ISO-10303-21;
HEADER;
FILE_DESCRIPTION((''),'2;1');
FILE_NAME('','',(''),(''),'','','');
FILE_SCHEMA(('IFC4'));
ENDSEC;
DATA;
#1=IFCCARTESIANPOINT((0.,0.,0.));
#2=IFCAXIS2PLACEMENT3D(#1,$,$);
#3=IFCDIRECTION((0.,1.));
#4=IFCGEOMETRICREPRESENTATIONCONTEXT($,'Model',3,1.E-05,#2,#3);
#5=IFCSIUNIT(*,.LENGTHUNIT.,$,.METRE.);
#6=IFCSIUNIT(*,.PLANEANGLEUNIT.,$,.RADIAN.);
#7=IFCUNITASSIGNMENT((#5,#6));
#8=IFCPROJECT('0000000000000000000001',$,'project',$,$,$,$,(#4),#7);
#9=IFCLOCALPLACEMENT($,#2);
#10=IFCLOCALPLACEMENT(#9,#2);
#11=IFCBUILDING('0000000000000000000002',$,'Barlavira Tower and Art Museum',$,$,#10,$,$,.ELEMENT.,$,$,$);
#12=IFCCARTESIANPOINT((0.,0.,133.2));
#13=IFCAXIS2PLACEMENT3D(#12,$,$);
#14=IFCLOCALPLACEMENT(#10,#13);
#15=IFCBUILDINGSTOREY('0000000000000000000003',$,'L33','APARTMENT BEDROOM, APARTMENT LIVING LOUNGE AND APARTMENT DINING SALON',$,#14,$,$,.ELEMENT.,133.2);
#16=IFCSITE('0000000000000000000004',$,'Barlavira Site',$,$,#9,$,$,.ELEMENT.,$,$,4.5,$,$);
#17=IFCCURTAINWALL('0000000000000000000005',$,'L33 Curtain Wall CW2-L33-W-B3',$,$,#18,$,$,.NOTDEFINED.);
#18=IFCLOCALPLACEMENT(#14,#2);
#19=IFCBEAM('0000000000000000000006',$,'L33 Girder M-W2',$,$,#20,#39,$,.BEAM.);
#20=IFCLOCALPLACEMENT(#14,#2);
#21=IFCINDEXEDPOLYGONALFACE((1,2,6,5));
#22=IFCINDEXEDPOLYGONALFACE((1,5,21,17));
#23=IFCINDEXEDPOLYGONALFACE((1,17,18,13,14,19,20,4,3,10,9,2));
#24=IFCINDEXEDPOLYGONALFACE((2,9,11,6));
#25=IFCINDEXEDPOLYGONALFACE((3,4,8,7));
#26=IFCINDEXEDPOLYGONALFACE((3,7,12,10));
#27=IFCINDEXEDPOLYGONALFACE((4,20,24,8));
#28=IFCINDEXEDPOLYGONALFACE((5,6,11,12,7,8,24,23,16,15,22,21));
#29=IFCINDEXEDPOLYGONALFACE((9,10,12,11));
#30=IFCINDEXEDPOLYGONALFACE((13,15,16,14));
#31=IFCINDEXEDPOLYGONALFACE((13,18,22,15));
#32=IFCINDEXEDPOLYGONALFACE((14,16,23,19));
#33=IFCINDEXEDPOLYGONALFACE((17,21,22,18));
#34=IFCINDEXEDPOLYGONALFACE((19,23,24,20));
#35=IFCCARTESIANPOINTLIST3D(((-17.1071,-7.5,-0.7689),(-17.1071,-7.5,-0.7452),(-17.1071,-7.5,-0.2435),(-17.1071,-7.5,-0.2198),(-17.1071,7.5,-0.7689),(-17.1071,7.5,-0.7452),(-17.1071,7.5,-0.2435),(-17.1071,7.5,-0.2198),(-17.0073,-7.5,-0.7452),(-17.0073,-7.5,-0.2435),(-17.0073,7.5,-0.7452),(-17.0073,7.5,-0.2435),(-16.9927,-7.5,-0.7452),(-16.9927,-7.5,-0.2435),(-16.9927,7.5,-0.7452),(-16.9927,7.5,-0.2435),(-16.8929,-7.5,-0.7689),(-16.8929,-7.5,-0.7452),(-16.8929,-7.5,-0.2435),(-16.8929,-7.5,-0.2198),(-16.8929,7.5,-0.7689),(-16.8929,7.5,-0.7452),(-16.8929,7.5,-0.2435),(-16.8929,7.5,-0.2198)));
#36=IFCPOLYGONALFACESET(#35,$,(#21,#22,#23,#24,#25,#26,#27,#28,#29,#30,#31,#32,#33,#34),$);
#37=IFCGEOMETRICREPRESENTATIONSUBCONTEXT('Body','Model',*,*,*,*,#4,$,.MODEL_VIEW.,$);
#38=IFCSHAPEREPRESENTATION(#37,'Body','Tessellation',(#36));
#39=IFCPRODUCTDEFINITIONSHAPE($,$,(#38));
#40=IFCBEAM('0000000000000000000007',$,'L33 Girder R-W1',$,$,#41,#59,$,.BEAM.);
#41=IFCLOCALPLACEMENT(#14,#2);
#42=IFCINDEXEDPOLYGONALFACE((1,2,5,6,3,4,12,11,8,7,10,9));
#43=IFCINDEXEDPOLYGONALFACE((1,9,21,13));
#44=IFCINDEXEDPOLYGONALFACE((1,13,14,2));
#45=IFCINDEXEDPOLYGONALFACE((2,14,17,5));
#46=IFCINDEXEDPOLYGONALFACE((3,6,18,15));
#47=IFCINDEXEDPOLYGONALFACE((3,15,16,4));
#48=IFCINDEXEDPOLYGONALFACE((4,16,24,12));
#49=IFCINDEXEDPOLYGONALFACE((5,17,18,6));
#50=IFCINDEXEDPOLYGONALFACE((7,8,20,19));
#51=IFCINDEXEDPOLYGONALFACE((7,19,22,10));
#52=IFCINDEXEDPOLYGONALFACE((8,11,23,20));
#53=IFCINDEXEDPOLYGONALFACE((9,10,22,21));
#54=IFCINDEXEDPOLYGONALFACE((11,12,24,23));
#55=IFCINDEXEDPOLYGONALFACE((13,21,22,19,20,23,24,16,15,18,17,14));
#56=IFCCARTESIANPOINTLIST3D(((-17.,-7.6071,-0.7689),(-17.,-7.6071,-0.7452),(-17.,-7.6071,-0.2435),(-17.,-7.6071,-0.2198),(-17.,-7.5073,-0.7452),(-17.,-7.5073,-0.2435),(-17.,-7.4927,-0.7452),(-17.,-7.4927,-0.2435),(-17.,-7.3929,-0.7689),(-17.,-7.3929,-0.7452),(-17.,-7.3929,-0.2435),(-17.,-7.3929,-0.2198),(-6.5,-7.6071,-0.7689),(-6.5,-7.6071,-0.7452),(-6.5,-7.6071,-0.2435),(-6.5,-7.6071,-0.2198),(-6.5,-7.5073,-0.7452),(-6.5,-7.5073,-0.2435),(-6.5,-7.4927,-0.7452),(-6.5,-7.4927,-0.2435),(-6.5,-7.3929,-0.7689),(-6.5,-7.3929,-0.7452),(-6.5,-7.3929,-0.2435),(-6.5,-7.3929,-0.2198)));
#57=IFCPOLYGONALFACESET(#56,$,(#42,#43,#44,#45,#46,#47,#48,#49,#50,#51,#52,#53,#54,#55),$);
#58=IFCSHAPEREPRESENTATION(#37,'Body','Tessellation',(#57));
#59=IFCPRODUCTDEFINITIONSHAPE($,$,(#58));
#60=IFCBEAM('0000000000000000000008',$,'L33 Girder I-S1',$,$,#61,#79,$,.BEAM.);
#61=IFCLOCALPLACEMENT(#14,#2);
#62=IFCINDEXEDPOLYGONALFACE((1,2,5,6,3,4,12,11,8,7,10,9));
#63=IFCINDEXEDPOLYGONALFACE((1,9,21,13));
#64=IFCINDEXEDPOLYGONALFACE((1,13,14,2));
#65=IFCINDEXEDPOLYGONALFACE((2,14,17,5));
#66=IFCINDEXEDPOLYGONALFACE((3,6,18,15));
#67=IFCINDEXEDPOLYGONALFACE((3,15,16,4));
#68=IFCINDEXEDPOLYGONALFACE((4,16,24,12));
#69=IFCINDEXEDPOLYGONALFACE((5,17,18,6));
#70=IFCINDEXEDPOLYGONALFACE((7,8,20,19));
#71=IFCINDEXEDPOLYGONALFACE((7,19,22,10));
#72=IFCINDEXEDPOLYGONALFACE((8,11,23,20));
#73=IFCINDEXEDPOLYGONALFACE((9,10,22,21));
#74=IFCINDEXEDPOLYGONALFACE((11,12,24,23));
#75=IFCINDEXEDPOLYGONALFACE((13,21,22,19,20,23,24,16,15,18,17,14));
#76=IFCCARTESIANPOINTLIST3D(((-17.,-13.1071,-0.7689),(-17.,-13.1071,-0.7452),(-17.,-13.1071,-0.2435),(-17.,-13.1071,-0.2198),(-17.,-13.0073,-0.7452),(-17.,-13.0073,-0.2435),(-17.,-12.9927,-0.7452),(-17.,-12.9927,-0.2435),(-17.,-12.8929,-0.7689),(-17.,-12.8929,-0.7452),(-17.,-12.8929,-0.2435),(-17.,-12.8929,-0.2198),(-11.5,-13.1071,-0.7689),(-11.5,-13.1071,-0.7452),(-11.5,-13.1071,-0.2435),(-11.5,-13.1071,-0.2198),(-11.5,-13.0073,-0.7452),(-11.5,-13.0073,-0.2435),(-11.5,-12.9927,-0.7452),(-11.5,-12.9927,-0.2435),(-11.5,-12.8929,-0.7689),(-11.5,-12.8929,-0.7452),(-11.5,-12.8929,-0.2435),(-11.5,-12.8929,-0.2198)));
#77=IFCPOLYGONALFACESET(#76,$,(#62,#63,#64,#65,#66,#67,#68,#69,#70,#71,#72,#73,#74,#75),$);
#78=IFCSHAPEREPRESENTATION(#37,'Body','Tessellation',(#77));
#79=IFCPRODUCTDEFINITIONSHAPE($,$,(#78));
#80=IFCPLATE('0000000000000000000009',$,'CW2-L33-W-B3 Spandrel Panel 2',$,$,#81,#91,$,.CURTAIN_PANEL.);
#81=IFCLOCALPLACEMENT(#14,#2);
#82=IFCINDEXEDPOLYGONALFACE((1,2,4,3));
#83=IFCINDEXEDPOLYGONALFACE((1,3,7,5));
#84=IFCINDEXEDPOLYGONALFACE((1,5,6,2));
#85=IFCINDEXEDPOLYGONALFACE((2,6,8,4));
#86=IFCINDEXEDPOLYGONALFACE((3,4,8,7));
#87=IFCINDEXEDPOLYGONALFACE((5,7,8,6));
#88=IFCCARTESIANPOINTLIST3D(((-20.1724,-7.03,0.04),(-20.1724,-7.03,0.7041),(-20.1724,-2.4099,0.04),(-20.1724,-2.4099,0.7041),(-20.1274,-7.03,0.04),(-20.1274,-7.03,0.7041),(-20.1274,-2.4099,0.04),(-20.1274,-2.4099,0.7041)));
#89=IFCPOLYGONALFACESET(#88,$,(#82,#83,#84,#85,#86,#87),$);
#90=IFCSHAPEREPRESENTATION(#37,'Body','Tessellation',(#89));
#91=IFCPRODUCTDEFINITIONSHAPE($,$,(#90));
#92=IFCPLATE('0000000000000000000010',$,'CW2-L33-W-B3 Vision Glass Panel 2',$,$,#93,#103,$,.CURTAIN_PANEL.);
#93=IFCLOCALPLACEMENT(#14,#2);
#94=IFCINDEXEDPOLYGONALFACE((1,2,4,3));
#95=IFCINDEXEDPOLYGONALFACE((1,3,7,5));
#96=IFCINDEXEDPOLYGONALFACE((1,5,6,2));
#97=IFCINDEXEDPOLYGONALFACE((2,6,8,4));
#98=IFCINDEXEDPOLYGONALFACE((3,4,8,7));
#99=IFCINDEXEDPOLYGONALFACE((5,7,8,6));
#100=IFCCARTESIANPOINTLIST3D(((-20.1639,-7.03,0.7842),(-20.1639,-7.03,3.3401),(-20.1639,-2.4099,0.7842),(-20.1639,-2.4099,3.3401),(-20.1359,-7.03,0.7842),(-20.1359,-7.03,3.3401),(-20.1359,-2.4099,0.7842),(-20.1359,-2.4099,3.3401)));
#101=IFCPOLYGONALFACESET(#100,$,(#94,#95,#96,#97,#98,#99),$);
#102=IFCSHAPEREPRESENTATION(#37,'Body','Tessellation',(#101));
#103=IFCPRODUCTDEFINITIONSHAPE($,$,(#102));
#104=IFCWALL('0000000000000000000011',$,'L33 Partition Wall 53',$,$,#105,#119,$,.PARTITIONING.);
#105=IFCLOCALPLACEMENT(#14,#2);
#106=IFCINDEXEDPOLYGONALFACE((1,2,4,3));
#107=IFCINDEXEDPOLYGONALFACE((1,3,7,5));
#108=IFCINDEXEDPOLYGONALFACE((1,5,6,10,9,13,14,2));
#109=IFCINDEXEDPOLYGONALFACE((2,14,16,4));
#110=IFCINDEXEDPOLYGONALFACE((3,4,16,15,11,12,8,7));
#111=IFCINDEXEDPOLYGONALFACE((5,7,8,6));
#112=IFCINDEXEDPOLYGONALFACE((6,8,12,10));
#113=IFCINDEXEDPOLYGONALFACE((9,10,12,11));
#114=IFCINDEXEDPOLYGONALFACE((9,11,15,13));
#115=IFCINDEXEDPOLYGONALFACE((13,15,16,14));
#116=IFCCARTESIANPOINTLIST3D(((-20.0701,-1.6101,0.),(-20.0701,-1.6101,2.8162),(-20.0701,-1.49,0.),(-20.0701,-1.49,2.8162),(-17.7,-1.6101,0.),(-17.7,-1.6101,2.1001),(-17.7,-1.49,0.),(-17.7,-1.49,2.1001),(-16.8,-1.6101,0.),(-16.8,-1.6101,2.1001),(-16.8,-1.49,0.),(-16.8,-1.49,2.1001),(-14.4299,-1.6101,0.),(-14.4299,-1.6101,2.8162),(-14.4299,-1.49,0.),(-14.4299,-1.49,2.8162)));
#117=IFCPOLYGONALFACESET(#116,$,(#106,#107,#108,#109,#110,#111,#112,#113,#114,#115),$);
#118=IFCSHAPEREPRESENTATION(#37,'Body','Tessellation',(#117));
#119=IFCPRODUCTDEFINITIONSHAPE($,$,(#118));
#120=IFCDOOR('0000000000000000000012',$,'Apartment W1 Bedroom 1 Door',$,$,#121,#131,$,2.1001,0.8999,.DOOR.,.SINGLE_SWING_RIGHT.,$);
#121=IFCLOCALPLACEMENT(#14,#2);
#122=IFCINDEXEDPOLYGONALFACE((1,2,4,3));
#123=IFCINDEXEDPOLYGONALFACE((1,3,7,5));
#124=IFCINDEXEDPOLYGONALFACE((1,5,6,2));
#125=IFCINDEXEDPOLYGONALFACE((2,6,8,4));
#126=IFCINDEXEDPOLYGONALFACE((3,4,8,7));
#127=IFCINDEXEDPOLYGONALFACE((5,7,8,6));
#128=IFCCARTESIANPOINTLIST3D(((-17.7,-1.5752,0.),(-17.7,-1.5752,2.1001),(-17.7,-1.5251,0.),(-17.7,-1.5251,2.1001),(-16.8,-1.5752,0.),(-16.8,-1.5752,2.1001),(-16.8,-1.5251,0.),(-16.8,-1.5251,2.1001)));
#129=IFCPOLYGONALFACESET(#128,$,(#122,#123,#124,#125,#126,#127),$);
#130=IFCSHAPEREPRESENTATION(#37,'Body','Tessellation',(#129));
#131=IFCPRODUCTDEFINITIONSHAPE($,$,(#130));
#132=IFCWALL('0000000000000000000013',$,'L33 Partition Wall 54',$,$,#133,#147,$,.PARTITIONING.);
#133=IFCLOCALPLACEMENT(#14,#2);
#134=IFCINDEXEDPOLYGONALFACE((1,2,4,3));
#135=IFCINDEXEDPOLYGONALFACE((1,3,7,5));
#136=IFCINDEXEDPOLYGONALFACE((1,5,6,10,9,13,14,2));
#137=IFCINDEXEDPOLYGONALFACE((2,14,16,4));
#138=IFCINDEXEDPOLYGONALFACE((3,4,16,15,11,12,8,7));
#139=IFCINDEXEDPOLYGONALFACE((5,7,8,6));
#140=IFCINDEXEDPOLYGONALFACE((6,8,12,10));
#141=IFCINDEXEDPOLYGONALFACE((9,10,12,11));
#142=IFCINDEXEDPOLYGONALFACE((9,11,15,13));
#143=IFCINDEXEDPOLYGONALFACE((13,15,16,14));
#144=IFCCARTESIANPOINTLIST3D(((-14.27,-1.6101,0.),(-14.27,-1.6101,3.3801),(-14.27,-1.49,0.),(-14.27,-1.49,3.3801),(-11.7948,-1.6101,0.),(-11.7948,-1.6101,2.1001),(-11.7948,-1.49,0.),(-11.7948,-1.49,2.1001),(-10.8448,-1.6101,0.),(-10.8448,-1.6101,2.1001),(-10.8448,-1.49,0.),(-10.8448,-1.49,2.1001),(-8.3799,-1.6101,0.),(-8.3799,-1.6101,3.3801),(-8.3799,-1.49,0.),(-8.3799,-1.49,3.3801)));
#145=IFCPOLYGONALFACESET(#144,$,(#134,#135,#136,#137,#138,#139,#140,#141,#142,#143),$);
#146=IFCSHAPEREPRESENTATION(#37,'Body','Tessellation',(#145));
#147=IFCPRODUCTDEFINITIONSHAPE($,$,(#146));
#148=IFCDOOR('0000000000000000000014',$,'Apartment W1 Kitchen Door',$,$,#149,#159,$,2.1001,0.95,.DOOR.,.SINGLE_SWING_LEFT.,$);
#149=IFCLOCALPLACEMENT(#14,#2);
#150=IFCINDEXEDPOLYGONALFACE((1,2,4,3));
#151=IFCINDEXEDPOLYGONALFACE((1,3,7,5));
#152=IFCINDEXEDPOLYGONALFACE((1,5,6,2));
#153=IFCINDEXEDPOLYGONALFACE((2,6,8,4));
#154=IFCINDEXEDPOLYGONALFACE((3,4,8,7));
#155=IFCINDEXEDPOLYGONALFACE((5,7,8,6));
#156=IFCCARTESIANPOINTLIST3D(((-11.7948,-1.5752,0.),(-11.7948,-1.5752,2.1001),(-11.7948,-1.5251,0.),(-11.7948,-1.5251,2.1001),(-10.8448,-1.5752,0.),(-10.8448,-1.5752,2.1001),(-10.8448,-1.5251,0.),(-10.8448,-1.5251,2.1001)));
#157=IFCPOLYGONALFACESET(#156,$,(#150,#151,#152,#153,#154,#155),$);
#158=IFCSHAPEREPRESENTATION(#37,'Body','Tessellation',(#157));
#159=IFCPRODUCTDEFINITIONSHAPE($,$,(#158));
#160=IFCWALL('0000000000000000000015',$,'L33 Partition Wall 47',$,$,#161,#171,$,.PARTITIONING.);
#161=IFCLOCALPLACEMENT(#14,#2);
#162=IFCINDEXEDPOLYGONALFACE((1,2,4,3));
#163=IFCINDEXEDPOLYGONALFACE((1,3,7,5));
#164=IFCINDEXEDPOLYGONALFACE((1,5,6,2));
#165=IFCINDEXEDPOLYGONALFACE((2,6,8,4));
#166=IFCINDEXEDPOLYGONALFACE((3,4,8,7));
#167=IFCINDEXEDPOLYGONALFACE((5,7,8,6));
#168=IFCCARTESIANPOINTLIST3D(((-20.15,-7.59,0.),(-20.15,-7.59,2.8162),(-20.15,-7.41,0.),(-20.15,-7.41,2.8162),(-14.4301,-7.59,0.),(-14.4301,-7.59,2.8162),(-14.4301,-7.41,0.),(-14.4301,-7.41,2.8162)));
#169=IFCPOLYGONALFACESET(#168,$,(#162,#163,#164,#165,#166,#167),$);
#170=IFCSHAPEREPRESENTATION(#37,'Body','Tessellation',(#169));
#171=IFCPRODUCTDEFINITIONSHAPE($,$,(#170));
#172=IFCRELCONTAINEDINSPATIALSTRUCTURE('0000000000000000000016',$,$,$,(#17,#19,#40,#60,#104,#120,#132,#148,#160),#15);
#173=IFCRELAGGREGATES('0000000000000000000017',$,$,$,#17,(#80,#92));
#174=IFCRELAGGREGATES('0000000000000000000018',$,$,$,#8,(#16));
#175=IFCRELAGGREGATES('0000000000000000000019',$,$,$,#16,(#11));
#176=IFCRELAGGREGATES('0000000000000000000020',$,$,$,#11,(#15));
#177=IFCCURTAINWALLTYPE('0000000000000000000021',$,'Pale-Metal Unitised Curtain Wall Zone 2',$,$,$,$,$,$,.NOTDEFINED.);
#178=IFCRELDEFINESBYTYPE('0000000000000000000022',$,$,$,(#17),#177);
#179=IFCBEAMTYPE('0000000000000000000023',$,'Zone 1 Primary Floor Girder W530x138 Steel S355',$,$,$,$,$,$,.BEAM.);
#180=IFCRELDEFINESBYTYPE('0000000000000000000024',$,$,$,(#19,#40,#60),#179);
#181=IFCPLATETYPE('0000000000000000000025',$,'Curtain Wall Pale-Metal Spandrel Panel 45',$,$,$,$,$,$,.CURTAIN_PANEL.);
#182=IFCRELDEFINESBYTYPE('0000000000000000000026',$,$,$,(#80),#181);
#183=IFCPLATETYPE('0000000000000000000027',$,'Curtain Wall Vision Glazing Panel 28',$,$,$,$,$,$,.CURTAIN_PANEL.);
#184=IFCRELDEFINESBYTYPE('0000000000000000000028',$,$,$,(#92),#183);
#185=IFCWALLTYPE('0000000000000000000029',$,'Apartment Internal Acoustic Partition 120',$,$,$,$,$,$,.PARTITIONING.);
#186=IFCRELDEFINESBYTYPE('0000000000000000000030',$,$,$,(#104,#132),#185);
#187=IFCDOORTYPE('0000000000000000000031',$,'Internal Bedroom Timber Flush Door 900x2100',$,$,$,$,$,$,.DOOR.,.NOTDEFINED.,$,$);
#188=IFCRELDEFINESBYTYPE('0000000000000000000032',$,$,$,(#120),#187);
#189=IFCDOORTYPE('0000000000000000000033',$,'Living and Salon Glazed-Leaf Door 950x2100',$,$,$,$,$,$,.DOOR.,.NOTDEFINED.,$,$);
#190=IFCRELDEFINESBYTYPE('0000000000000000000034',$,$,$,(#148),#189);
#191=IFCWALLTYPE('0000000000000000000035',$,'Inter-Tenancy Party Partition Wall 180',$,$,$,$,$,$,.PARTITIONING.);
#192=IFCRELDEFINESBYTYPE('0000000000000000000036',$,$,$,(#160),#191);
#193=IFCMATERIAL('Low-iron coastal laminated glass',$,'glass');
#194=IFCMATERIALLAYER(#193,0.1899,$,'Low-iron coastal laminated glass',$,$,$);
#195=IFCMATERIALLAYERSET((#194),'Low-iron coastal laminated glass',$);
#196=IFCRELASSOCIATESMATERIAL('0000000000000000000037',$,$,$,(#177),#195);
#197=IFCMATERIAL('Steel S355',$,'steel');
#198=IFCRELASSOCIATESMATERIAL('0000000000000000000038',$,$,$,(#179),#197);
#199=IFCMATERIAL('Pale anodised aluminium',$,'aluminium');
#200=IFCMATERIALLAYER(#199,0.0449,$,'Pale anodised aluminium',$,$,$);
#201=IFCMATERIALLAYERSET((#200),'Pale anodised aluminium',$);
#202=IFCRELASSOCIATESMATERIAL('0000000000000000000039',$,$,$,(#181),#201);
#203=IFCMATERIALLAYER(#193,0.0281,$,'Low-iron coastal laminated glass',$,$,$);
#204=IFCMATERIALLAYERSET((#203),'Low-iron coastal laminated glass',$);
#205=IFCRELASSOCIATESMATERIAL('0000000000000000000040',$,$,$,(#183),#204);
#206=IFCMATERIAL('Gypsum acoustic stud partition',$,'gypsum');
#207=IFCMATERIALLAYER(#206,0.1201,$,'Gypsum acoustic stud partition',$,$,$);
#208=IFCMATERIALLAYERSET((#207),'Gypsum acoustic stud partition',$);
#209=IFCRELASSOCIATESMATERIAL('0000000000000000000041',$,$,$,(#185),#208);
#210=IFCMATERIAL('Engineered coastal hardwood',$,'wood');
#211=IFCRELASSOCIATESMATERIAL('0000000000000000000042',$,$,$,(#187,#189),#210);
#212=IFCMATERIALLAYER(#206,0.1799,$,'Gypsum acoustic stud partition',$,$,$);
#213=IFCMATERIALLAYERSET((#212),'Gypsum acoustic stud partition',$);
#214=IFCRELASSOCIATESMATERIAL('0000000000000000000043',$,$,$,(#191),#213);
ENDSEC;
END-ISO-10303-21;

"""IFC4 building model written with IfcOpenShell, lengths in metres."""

from ifc_helpers import new_model, si_unit, direction, frame, frame_2d, origin, origin_2d, place, context, subcontext, project, spatial, rectangle, i_section, extrude, material, layer, layer_set, material_profile, profile_set, type_object, element, fill, aggregate, save


model = new_model("IFC4")

# Units and contexts
model_context = context("Model", 3, precision=1e-05, world=origin(), true_north=direction((0.0, 1.0)))
body_context = subcontext(model_context, "Body", "Model", "MODEL_VIEW")
ifc_project = project(units=[si_unit("LENGTHUNIT", "METRE"), si_unit("PLANEANGLEUNIT", "RADIAN")], contexts=[model_context])

# Site, building, storey
site_placement = place(None, origin())
site = spatial("IfcSite", under=ifc_project, at=site_placement, Name="Barlavira Site", CompositionType="ELEMENT", RefElevation=4.5)
building_placement = place(site_placement, origin())
building = spatial("IfcBuilding", under=site, at=building_placement, Name="Barlavira Tower and Art Museum", CompositionType="ELEMENT")
storey_placement = place(building_placement, frame((0.0, 0.0, 133.2)))
storey = spatial("IfcBuildingStorey", under=building, at=storey_placement, Name="L33", Description="APARTMENT BEDROOM, APARTMENT LIVING LOUNGE AND APARTMENT DINING SALON", CompositionType="ELEMENT", Elevation=133.2)

# Curtain wall
ifc_material_1 = material(Name="Low-iron coastal laminated glass", Category="glass")
ifc_layer_1 = layer(ifc_material_1, 0.1899, Name="Low-iron coastal laminated glass")
ifc_layer_set_1 = layer_set([ifc_layer_1], Name="Low-iron coastal laminated glass")
curtain_wall_type = type_object("IfcCurtainWallType", Name="Pale-Metal Unitised Curtain Wall Zone 2", PredefinedType="NOTDEFINED", material=ifc_layer_set_1)
curtain_wall_placement = place(storey_placement, origin())
curtain_wall = element("IfcCurtainWall", 1, at=curtain_wall_placement, inside=storey, type_object=curtain_wall_type, Name="L33 Curtain Wall CW2-L33-W-B3", PredefinedType="NOTDEFINED")
ifc_material_2 = material(Name="Pale anodised aluminium", Category="aluminium")

# Beams
ifc_material_3 = material(Name="Steel S355", Category="steel")
ifc_material_profile_1 = material_profile(ifc_material_3, i_section(OverallWidth=0.2141, OverallDepth=0.5491, WebThickness=0.0146, FlangeThickness=0.0237, at=origin_2d()), Name="W530x138.0")
ifc_profile_set_1 = profile_set([ifc_material_profile_1], Name="Steel S355")
beam_type_1 = type_object("IfcBeamType", Name="Zone 1 Primary Floor Girder W530x138 Steel S355", PredefinedType="BEAM", material=ifc_profile_set_1)
beam_1_placement = place(storey_placement, frame((-17.0, -7.5, -0.4944), z_axis=(0.0, 1.0, 0.0), x_axis=(-1.0, 0.0, 0.0)))
element("IfcBeam", 2, at=beam_1_placement, inside=storey, type_object=beam_type_1, Name="L33 Girder M-W2", PredefinedType="BEAM", context=body_context, shape_type="SweptSolid", body=[
    extrude(i_section(OverallWidth=0.2141, OverallDepth=0.5491, WebThickness=0.0146, FlangeThickness=0.0237, at=origin_2d()), origin(), (0.0, 0.0, 1.0), 15.0),
])
beam_2_placement = place(storey_placement, frame((-17.0, -7.5, -0.4944), z_axis=(1.0, 0.0, 0.0), x_axis=(0.0, 1.0, 0.0)))
element("IfcBeam", 3, at=beam_2_placement, inside=storey, type_object=beam_type_1, Name="L33 Girder R-W1", PredefinedType="BEAM", context=body_context, shape_type="SweptSolid", body=[
    extrude(i_section(OverallWidth=0.2141, OverallDepth=0.5491, WebThickness=0.0146, FlangeThickness=0.0237, at=origin_2d()), origin(), (0.0, 0.0, 1.0), 10.5),
])
beam_3_placement = place(storey_placement, frame((-17.0, -13.0, -0.4944), z_axis=(1.0, 0.0, 0.0), x_axis=(0.0, 1.0, 0.0)))
element("IfcBeam", 4, at=beam_3_placement, inside=storey, type_object=beam_type_1, Name="L33 Girder I-S1", PredefinedType="BEAM", context=body_context, shape_type="SweptSolid", body=[
    extrude(i_section(OverallWidth=0.2141, OverallDepth=0.5491, WebThickness=0.0146, FlangeThickness=0.0237, at=origin_2d()), origin(), (0.0, 0.0, 1.0), 5.5),
])

# Plates
ifc_layer_2 = layer(ifc_material_2, 0.0449, Name="Pale anodised aluminium")
ifc_layer_set_2 = layer_set([ifc_layer_2], Name="Pale anodised aluminium")
plate_type_1 = type_object("IfcPlateType", Name="Curtain Wall Pale-Metal Spandrel Panel 45", PredefinedType="CURTAIN_PANEL", material=ifc_layer_set_2)
plate_1_placement = place(storey_placement, frame((-20.1499, -4.72, 0.04), z_axis=(0.0, 0.0, 1.0), x_axis=(0.0, -1.0, 0.0)))
plate_1 = element("IfcPlate", 5, at=plate_1_placement, type_object=plate_type_1, Name="CW2-L33-W-B3 Spandrel Panel 2", PredefinedType="CURTAIN_PANEL", context=body_context, shape_type="SweptSolid", body=[
    extrude(rectangle(XDim=4.6201, YDim=0.0449, at=origin_2d()), origin(), (0.0, 0.0, 1.0), 0.6641),
])
ifc_layer_3 = layer(ifc_material_1, 0.0281, Name="Low-iron coastal laminated glass")
ifc_layer_set_3 = layer_set([ifc_layer_3], Name="Low-iron coastal laminated glass")
plate_type_2 = type_object("IfcPlateType", Name="Curtain Wall Vision Glazing Panel 28", PredefinedType="CURTAIN_PANEL", material=ifc_layer_set_3)
plate_2_placement = place(storey_placement, frame((-20.1499, -4.72, 0.7842), z_axis=(0.0, 0.0, 1.0), x_axis=(0.0, -1.0, 0.0)))
plate_2 = element("IfcPlate", 6, at=plate_2_placement, type_object=plate_type_2, Name="CW2-L33-W-B3 Vision Glass Panel 2", PredefinedType="CURTAIN_PANEL", context=body_context, shape_type="SweptSolid", body=[
    extrude(rectangle(XDim=4.6201, YDim=0.0281, at=origin_2d()), origin(), (0.0, 0.0, 1.0), 2.5559),
])
aggregate(curtain_wall, [plate_1, plate_2])

# Walls, openings, doors
ifc_material_4 = material(Name="Gypsum acoustic stud partition", Category="gypsum")
ifc_layer_4 = layer(ifc_material_4, 0.1201, Name="Gypsum acoustic stud partition")
ifc_layer_set_4 = layer_set([ifc_layer_4], Name="Gypsum acoustic stud partition")
wall_type_1 = type_object("IfcWallType", Name="Apartment Internal Acoustic Partition 120", PredefinedType="PARTITIONING", material=ifc_layer_set_4)
wall_1_placement = place(storey_placement, frame((-20.0701, -1.55, 0.0), z_axis=(0.0, 0.0, 1.0), x_axis=(1.0, 0.0, 0.0)))
wall_1 = element("IfcWall", 7, at=wall_1_placement, inside=storey, type_object=wall_type_1, Name="L33 Partition Wall 53", PredefinedType="PARTITIONING", context=body_context, shape_type="SweptSolid", body=[
    extrude(rectangle(XDim=5.6401, YDim=0.1201, at=frame_2d((2.8201, 0.0))), origin(), (0.0, 0.0, 1.0), 2.8162),
])
opening_1_placement = place(wall_1_placement, frame((2.3701, 0.0, 0.0)))
opening_1 = element("IfcOpeningElement", 8, at=opening_1_placement, cuts=wall_1, PredefinedType="OPENING", context=body_context, shape_type="SweptSolid", body=[
    extrude(rectangle(XDim=0.8999, YDim=2.1001, at=frame_2d((0.45, 1.05))), frame((0.0, 0.0701, 0.0), z_axis=(0.0, -1.0, 0.0), x_axis=(1.0, 0.0, 0.0)), (0.0, 0.0, 1.0), 0.1401),
])
ifc_material_5 = material(Name="Engineered coastal hardwood", Category="wood")
door_type_1 = type_object("IfcDoorType", Name="Internal Bedroom Timber Flush Door 900x2100", OperationType="NOTDEFINED", PredefinedType="DOOR", material=ifc_material_5)
door_1_placement = place(opening_1_placement, origin())
door_1 = element("IfcDoor", 9, at=door_1_placement, inside=storey, type_object=door_type_1, Name="Apartment W1 Bedroom 1 Door", OperationType="SINGLE_SWING_RIGHT", OverallHeight=2.1001, OverallWidth=0.8999, PredefinedType="DOOR", context=body_context, shape_type="SweptSolid", body=[
    extrude(rectangle(XDim=0.8999, YDim=2.1001, at=frame_2d((0.45, 1.05))), frame((0.0, 0.0249, 0.0), z_axis=(0.0, -1.0, 0.0), x_axis=(1.0, 0.0, 0.0)), (0.0, 0.0, 1.0), 0.05),
])
fill(opening_1, door_1)
wall_2_placement = place(storey_placement, frame((-14.27, -1.55, 0.0), z_axis=(0.0, 0.0, 1.0), x_axis=(1.0, 0.0, 0.0)))
wall_2 = element("IfcWall", 10, at=wall_2_placement, inside=storey, type_object=wall_type_1, Name="L33 Partition Wall 54", PredefinedType="PARTITIONING", context=body_context, shape_type="SweptSolid", body=[
    extrude(rectangle(XDim=5.8901, YDim=0.1201, at=frame_2d((2.9451, 0.0))), origin(), (0.0, 0.0, 1.0), 3.3801),
])
opening_2_placement = place(wall_2_placement, frame((2.4751, 0.0, 0.0)))
opening_2 = element("IfcOpeningElement", 11, at=opening_2_placement, cuts=wall_2, PredefinedType="OPENING", context=body_context, shape_type="SweptSolid", body=[
    extrude(rectangle(XDim=0.95, YDim=2.1001, at=frame_2d((0.4751, 1.05))), frame((0.0, 0.0701, 0.0), z_axis=(0.0, -1.0, 0.0), x_axis=(1.0, 0.0, 0.0)), (0.0, 0.0, 1.0), 0.1401),
])
door_type_2 = type_object("IfcDoorType", Name="Living and Salon Glazed-Leaf Door 950x2100", OperationType="NOTDEFINED", PredefinedType="DOOR", material=ifc_material_5)
door_2_placement = place(opening_2_placement, origin())
door_2 = element("IfcDoor", 12, at=door_2_placement, inside=storey, type_object=door_type_2, Name="Apartment W1 Kitchen Door", OperationType="SINGLE_SWING_LEFT", OverallHeight=2.1001, OverallWidth=0.95, PredefinedType="DOOR", context=body_context, shape_type="SweptSolid", body=[
    extrude(rectangle(XDim=0.95, YDim=2.1001, at=frame_2d((0.4751, 1.05))), frame((0.0, 0.0249, 0.0), z_axis=(0.0, -1.0, 0.0), x_axis=(1.0, 0.0, 0.0)), (0.0, 0.0, 1.0), 0.05),
])
fill(opening_2, door_2)
ifc_layer_5 = layer(ifc_material_4, 0.1799, Name="Gypsum acoustic stud partition")
ifc_layer_set_5 = layer_set([ifc_layer_5], Name="Gypsum acoustic stud partition")
wall_type_2 = type_object("IfcWallType", Name="Inter-Tenancy Party Partition Wall 180", PredefinedType="PARTITIONING", material=ifc_layer_set_5)

# Wall
wall_3_placement = place(storey_placement, frame((-20.1499, -7.5, 0.0), z_axis=(0.0, 0.0, 1.0), x_axis=(1.0, 0.0, 0.0)))
element("IfcWall", 13, at=wall_3_placement, inside=storey, type_object=wall_type_2, Name="L33 Partition Wall 47", PredefinedType="PARTITIONING", context=body_context, shape_type="SweptSolid", body=[
    extrude(rectangle(XDim=5.72, YDim=0.1799, at=frame_2d((2.8599, 0.0))), origin(), (0.0, 0.0, 1.0), 2.8162),
])

save(model, "model.ifc")
